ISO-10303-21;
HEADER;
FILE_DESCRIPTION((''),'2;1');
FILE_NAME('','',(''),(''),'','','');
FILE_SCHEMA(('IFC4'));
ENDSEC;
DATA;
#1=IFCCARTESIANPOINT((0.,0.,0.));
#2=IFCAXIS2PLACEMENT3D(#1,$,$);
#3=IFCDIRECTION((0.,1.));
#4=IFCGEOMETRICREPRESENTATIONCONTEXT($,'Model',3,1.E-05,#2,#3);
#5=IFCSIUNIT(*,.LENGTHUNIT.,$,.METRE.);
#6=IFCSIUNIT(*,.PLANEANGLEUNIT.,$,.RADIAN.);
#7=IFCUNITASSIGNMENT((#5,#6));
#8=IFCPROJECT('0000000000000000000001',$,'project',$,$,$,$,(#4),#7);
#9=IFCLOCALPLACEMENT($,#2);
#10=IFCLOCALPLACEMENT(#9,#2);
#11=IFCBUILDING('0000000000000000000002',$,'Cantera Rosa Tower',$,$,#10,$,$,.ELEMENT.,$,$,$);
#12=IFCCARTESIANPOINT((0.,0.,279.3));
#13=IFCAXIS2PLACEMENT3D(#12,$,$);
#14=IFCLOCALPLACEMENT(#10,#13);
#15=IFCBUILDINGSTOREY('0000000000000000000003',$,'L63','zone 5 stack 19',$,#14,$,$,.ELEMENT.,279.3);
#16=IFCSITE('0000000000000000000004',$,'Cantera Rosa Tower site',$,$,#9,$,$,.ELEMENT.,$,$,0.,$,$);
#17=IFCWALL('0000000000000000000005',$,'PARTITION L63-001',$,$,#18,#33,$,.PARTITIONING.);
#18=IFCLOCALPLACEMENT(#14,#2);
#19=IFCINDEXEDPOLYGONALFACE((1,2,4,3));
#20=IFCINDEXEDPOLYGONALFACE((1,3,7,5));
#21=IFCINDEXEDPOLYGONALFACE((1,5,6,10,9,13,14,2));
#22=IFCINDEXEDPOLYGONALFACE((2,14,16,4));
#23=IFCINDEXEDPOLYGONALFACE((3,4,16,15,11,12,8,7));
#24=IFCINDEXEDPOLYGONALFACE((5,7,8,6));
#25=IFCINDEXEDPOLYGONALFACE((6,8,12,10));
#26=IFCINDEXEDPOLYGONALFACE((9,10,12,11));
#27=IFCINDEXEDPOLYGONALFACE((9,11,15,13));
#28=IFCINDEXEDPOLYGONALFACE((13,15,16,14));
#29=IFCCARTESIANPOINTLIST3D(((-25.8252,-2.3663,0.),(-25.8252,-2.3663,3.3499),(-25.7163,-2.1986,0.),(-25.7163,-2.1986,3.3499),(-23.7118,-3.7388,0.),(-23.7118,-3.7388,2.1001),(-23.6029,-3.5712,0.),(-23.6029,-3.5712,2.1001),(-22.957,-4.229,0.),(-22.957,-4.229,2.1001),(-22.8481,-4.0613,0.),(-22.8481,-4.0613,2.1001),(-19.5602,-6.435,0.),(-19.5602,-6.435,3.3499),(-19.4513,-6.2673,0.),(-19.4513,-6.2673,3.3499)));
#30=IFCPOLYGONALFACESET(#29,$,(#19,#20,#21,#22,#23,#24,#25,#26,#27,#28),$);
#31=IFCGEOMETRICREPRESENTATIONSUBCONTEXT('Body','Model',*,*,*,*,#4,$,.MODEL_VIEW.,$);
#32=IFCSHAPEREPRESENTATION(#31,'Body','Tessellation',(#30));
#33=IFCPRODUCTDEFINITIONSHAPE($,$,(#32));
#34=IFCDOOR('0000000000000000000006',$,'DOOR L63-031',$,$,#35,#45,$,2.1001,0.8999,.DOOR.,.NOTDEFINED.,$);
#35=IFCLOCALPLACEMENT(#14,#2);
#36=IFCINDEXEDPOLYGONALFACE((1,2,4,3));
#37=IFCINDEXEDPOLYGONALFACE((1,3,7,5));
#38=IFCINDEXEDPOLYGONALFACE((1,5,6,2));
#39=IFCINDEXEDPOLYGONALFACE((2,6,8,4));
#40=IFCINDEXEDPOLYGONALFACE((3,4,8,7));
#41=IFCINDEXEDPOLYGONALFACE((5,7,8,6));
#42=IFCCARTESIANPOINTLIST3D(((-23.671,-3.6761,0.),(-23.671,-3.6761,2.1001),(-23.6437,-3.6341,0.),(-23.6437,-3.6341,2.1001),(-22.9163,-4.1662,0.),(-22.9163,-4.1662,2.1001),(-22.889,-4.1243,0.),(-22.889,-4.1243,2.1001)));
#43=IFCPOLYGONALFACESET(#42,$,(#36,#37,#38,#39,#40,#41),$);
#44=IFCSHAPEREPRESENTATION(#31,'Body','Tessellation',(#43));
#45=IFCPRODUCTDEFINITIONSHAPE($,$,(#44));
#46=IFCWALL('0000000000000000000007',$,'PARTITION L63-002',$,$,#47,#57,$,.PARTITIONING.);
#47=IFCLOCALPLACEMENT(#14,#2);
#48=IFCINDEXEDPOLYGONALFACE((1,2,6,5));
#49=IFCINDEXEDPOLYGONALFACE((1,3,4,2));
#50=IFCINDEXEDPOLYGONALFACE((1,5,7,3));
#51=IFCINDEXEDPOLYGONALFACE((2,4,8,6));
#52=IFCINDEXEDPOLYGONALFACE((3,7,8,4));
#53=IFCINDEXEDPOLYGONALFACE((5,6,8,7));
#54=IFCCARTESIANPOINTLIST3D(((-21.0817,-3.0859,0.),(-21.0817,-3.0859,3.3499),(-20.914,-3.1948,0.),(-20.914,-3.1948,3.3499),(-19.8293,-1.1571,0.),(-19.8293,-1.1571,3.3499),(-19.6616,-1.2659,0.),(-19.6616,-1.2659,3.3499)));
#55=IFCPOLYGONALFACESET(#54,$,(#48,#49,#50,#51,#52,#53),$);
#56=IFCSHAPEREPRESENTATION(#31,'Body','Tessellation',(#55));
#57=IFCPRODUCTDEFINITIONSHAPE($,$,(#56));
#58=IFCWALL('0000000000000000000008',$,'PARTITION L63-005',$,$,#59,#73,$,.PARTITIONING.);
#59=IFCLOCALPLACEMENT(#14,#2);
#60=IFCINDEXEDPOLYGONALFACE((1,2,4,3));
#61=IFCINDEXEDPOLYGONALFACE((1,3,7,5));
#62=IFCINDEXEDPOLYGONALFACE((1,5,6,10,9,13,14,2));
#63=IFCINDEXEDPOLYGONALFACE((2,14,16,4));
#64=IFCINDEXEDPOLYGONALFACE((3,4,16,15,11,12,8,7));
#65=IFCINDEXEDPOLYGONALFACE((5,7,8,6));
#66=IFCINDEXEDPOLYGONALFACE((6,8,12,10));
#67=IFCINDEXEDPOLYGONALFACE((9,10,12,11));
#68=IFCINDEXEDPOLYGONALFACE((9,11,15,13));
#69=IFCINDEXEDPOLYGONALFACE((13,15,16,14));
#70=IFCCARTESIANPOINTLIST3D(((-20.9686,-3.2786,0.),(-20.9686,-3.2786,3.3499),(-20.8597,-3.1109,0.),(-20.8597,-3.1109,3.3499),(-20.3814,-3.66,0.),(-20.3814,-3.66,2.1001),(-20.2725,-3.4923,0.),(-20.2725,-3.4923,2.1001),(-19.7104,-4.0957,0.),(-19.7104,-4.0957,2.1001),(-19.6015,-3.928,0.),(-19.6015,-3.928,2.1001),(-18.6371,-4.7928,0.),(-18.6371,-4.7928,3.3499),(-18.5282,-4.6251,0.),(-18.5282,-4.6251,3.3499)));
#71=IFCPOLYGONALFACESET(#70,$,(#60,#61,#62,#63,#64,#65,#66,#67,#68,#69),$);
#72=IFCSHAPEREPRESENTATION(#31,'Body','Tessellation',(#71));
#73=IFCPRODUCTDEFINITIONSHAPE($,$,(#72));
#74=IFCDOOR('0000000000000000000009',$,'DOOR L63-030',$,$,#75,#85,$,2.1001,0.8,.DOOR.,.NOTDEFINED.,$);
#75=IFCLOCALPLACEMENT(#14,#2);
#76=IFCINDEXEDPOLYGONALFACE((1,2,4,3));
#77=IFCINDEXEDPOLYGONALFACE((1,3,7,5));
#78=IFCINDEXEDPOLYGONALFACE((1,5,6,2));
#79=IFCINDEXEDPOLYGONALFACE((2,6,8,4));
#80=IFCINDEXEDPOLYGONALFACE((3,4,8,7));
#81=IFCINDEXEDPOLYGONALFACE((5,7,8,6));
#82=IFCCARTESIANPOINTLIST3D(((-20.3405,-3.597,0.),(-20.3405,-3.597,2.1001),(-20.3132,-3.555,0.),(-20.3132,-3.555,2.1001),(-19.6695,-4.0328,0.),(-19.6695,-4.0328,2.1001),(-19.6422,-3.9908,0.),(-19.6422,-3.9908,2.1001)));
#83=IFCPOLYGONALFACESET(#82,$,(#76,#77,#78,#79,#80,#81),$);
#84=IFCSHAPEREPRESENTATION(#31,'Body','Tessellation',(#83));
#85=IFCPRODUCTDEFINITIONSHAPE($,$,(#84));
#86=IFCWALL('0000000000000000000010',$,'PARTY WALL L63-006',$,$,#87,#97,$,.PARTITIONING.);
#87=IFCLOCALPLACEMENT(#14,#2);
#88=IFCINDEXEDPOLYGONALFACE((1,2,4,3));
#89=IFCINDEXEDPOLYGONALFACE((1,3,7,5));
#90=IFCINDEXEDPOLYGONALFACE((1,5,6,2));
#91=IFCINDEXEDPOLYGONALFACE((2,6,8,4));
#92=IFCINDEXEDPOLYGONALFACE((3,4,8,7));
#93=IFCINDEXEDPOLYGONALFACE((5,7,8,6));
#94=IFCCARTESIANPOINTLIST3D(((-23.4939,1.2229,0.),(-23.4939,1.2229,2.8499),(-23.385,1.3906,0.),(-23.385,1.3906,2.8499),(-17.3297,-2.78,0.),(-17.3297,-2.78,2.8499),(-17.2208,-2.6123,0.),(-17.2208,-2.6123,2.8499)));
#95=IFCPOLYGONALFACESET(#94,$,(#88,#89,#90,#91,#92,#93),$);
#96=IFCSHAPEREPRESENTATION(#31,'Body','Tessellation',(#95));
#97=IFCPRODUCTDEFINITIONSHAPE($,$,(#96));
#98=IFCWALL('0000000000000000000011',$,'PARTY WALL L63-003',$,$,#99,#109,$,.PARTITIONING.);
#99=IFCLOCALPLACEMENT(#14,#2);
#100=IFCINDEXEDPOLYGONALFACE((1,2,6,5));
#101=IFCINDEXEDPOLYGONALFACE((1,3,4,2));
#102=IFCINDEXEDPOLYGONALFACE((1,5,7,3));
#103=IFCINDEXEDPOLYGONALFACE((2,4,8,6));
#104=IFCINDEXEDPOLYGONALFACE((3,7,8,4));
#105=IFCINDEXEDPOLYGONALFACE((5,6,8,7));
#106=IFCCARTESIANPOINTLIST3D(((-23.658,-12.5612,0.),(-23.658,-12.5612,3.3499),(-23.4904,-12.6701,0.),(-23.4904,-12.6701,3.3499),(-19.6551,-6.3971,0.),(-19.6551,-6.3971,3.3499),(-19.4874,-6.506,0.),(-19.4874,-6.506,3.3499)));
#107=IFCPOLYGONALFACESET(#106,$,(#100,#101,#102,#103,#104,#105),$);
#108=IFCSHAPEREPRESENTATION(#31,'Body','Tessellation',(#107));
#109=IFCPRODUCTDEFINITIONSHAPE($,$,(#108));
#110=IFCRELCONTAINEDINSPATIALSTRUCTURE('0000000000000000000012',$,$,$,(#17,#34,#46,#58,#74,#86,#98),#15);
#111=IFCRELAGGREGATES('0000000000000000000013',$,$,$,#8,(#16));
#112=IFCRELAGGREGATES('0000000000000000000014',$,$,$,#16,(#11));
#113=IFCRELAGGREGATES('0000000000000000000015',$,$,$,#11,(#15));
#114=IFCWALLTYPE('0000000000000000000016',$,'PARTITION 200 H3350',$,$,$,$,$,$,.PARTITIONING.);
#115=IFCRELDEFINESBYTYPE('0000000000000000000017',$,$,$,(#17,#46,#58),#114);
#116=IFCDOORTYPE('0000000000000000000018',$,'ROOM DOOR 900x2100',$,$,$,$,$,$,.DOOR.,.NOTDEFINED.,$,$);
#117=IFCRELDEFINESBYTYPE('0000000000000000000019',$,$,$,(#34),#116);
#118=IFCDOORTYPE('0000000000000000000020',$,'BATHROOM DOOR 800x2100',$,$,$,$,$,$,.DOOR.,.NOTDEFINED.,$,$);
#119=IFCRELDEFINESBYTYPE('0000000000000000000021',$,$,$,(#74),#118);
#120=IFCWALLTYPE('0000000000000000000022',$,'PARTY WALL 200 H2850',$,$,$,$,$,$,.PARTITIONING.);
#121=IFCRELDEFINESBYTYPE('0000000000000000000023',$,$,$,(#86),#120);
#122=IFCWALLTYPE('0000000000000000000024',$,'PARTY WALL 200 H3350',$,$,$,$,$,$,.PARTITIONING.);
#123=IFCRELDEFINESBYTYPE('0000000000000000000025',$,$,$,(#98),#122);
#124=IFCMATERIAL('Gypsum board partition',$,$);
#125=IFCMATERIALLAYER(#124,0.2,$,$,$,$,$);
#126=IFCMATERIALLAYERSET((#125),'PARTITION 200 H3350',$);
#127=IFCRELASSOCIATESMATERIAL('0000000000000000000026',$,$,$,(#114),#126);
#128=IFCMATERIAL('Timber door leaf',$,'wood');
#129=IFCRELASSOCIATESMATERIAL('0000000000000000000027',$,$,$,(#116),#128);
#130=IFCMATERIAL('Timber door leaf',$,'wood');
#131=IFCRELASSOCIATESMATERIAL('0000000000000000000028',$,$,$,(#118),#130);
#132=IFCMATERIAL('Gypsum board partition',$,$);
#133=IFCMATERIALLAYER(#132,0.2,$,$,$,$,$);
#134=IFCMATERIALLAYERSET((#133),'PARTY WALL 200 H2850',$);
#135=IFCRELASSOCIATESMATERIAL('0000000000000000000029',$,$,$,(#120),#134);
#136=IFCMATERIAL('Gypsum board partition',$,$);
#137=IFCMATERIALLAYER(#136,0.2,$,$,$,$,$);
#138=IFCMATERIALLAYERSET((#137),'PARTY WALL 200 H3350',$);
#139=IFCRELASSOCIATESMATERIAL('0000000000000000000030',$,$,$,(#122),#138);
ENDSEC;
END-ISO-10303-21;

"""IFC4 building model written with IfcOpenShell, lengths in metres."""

from ifc_helpers import new_model, si_unit, direction, frame, frame_2d, origin, place, context, subcontext, project, spatial, rectangle, extrude, material, layer, layer_set, type_object, element, fill, save


model = new_model("IFC4")

# Units and contexts
model_context = context("Model", 3, precision=1e-05, world=origin(), true_north=direction((0.0, 1.0)))
body_context = subcontext(model_context, "Body", "Model", "MODEL_VIEW")
ifc_project = project(units=[si_unit("LENGTHUNIT", "METRE"), si_unit("PLANEANGLEUNIT", "RADIAN")], contexts=[model_context])

# Site, building, storey
site_placement = place(None, origin())
site = spatial("IfcSite", under=ifc_project, at=site_placement, Name="Cantera Rosa Tower site", CompositionType="ELEMENT", RefElevation=0.0)
building_placement = place(site_placement, origin())
building = spatial("IfcBuilding", under=site, at=building_placement, Name="Cantera Rosa Tower", CompositionType="ELEMENT")
storey_placement = place(building_placement, frame((0.0, 0.0, 279.3)))
storey = spatial("IfcBuildingStorey", under=building, at=storey_placement, Name="L63", Description="zone 5 stack 19", CompositionType="ELEMENT", Elevation=279.3)

# Wall, opening, door
ifc_material_1 = material(Name="Gypsum board partition")
ifc_layer_1 = layer(ifc_material_1, 0.2)
ifc_layer_set_1 = layer_set([ifc_layer_1], Name="PARTITION 200 H3350")
wall_type_1 = type_object("IfcWallType", Name="PARTITION 200 H3350", PredefinedType="PARTITIONING", material=ifc_layer_set_1)
wall_1_placement = place(storey_placement, frame((-25.7708, -2.2825, 0.0), z_axis=(0.0, 0.0, 1.0), x_axis=(0.838662, -0.544652, 0.0)))
wall_1 = element("IfcWall", 1, at=wall_1_placement, inside=storey, type_object=wall_type_1, Name="PARTITION L63-001", PredefinedType="PARTITIONING", context=body_context, shape_type="SweptSolid", body=[
    extrude(rectangle(XDim=7.4702, YDim=0.2, at=frame_2d((3.7351, 0.0))), origin(), (0.0, 0.0, 1.0), 3.3499),
])
opening_1_placement = place(wall_1_placement, frame((2.52, 0.0, 0.0)))
opening_1 = element("IfcOpeningElement", 2, at=opening_1_placement, cuts=wall_1, PredefinedType="OPENING", context=body_context, shape_type="SweptSolid", body=[
    extrude(rectangle(XDim=0.8999, YDim=2.1001, at=frame_2d((0.45, 1.05))), frame((0.0, 0.1099, 0.0), z_axis=(0.0, -1.0, 0.0), x_axis=(1.0, 0.0, 0.0)), (0.0, 0.0, 1.0), 0.22),
])
ifc_material_2 = material(Name="Timber door leaf", Category="wood")
door_type_1 = type_object("IfcDoorType", Name="ROOM DOOR 900x2100", OperationType="NOTDEFINED", PredefinedType="DOOR", material=ifc_material_2)
door_1_placement = place(opening_1_placement, origin())
door_1 = element("IfcDoor", 3, at=door_1_placement, inside=storey, type_object=door_type_1, Name="DOOR L63-031", OperationType="NOTDEFINED", OverallHeight=2.1001, OverallWidth=0.8999, PredefinedType="DOOR", context=body_context, shape_type="SweptSolid", body=[
    extrude(rectangle(XDim=0.8999, YDim=2.1001, at=frame_2d((0.45, 1.05))), frame((0.0, 0.0249, 0.0), z_axis=(0.0, -1.0, 0.0), x_axis=(1.0, 0.0, 0.0)), (0.0, 0.0, 1.0), 0.05),
])
fill(opening_1, door_1)

# Wall
wall_2_placement = place(storey_placement, frame((-20.9978, -3.1404, 0.0), z_axis=(0.0, 0.0, 1.0), x_axis=(0.544567, 0.838718, 0.0)))
element("IfcWall", 4, at=wall_2_placement, inside=storey, type_object=wall_type_1, Name="PARTITION L63-002", PredefinedType="PARTITIONING", context=body_context, shape_type="SweptSolid", body=[
    extrude(rectangle(XDim=2.2998, YDim=0.2, at=frame_2d((1.1499, 0.0))), origin(), (0.0, 0.0, 1.0), 3.3499),
])

# Wall, opening, door
wall_3_placement = place(storey_placement, frame((-18.5825, -4.709, 0.0), z_axis=(0.0, 0.0, 1.0), x_axis=(-0.838664, 0.544649, 0.0)))
wall_3 = element("IfcWall", 5, at=wall_3_placement, inside=storey, type_object=wall_type_1, Name="PARTITION L63-005", PredefinedType="PARTITIONING", context=body_context, shape_type="SweptSolid", body=[
    extrude(rectangle(XDim=2.78, YDim=0.2, at=frame_2d((1.3901, 0.0))), origin(), (0.0, 0.0, 1.0), 3.3499),
])
opening_2_placement = place(wall_3_placement, frame((1.28, 0.0, 0.0)))
opening_2 = element("IfcOpeningElement", 6, at=opening_2_placement, cuts=wall_3, PredefinedType="OPENING", context=body_context, shape_type="SweptSolid", body=[
    extrude(rectangle(XDim=0.8, YDim=2.1001, at=frame_2d((0.3999, 1.05))), frame((0.0, 0.1099, 0.0), z_axis=(0.0, -1.0, 0.0), x_axis=(1.0, 0.0, 0.0)), (0.0, 0.0, 1.0), 0.22),
])
ifc_material_3 = material(Name="Timber door leaf", Category="wood")
door_type_2 = type_object("IfcDoorType", Name="BATHROOM DOOR 800x2100", OperationType="NOTDEFINED", PredefinedType="DOOR", material=ifc_material_3)
door_2_placement = place(opening_2_placement, origin())
door_2 = element("IfcDoor", 7, at=door_2_placement, inside=storey, type_object=door_type_2, Name="DOOR L63-030", OperationType="NOTDEFINED", OverallHeight=2.1001, OverallWidth=0.8, PredefinedType="DOOR", context=body_context, shape_type="SweptSolid", body=[
    extrude(rectangle(XDim=0.8, YDim=2.1001, at=frame_2d((0.3999, 1.05))), frame((0.0, 0.0249, 0.0), z_axis=(0.0, -1.0, 0.0), x_axis=(1.0, 0.0, 0.0)), (0.0, 0.0, 1.0), 0.05),
])
fill(opening_2, door_2)

# Walls
ifc_material_4 = material(Name="Gypsum board partition")
ifc_layer_2 = layer(ifc_material_4, 0.2)
ifc_layer_set_2 = layer_set([ifc_layer_2], Name="PARTY WALL 200 H2850")
wall_type_2 = type_object("IfcWallType", Name="PARTY WALL 200 H2850", PredefinedType="PARTITIONING", material=ifc_layer_set_2)
wall_4_placement = place(storey_placement, frame((-17.2754, -2.696, 0.0), z_axis=(0.0, 0.0, 1.0), x_axis=(-0.838684, 0.544618, 0.0)))
element("IfcWall", 8, at=wall_4_placement, inside=storey, type_object=wall_type_2, Name="PARTY WALL L63-006", PredefinedType="PARTITIONING", context=body_context, shape_type="SweptSolid", body=[
    extrude(rectangle(XDim=7.3499, YDim=0.2, at=frame_2d((3.6748, 0.0))), origin(), (0.0, 0.0, 1.0), 2.8499),
])
ifc_material_5 = material(Name="Gypsum board partition")
ifc_layer_3 = layer(ifc_material_5, 0.2)
ifc_layer_set_3 = layer_set([ifc_layer_3], Name="PARTY WALL 200 H3350")
wall_type_3 = type_object("IfcWallType", Name="PARTY WALL 200 H3350", PredefinedType="PARTITIONING", material=ifc_layer_set_3)
wall_5_placement = place(storey_placement, frame((-19.5713, -6.4517, 0.0), z_axis=(0.0, 0.0, 1.0), x_axis=(-0.544633, -0.838674, 0.0)))
element("IfcWall", 9, at=wall_5_placement, inside=storey, type_object=wall_type_3, Name="PARTY WALL L63-003", PredefinedType="PARTITIONING", context=body_context, shape_type="SweptSolid", body=[
    extrude(rectangle(XDim=7.3499, YDim=0.2, at=frame_2d((3.6748, 0.0))), origin(), (0.0, 0.0, 1.0), 3.3499),
])

save(model, "model.ifc")
